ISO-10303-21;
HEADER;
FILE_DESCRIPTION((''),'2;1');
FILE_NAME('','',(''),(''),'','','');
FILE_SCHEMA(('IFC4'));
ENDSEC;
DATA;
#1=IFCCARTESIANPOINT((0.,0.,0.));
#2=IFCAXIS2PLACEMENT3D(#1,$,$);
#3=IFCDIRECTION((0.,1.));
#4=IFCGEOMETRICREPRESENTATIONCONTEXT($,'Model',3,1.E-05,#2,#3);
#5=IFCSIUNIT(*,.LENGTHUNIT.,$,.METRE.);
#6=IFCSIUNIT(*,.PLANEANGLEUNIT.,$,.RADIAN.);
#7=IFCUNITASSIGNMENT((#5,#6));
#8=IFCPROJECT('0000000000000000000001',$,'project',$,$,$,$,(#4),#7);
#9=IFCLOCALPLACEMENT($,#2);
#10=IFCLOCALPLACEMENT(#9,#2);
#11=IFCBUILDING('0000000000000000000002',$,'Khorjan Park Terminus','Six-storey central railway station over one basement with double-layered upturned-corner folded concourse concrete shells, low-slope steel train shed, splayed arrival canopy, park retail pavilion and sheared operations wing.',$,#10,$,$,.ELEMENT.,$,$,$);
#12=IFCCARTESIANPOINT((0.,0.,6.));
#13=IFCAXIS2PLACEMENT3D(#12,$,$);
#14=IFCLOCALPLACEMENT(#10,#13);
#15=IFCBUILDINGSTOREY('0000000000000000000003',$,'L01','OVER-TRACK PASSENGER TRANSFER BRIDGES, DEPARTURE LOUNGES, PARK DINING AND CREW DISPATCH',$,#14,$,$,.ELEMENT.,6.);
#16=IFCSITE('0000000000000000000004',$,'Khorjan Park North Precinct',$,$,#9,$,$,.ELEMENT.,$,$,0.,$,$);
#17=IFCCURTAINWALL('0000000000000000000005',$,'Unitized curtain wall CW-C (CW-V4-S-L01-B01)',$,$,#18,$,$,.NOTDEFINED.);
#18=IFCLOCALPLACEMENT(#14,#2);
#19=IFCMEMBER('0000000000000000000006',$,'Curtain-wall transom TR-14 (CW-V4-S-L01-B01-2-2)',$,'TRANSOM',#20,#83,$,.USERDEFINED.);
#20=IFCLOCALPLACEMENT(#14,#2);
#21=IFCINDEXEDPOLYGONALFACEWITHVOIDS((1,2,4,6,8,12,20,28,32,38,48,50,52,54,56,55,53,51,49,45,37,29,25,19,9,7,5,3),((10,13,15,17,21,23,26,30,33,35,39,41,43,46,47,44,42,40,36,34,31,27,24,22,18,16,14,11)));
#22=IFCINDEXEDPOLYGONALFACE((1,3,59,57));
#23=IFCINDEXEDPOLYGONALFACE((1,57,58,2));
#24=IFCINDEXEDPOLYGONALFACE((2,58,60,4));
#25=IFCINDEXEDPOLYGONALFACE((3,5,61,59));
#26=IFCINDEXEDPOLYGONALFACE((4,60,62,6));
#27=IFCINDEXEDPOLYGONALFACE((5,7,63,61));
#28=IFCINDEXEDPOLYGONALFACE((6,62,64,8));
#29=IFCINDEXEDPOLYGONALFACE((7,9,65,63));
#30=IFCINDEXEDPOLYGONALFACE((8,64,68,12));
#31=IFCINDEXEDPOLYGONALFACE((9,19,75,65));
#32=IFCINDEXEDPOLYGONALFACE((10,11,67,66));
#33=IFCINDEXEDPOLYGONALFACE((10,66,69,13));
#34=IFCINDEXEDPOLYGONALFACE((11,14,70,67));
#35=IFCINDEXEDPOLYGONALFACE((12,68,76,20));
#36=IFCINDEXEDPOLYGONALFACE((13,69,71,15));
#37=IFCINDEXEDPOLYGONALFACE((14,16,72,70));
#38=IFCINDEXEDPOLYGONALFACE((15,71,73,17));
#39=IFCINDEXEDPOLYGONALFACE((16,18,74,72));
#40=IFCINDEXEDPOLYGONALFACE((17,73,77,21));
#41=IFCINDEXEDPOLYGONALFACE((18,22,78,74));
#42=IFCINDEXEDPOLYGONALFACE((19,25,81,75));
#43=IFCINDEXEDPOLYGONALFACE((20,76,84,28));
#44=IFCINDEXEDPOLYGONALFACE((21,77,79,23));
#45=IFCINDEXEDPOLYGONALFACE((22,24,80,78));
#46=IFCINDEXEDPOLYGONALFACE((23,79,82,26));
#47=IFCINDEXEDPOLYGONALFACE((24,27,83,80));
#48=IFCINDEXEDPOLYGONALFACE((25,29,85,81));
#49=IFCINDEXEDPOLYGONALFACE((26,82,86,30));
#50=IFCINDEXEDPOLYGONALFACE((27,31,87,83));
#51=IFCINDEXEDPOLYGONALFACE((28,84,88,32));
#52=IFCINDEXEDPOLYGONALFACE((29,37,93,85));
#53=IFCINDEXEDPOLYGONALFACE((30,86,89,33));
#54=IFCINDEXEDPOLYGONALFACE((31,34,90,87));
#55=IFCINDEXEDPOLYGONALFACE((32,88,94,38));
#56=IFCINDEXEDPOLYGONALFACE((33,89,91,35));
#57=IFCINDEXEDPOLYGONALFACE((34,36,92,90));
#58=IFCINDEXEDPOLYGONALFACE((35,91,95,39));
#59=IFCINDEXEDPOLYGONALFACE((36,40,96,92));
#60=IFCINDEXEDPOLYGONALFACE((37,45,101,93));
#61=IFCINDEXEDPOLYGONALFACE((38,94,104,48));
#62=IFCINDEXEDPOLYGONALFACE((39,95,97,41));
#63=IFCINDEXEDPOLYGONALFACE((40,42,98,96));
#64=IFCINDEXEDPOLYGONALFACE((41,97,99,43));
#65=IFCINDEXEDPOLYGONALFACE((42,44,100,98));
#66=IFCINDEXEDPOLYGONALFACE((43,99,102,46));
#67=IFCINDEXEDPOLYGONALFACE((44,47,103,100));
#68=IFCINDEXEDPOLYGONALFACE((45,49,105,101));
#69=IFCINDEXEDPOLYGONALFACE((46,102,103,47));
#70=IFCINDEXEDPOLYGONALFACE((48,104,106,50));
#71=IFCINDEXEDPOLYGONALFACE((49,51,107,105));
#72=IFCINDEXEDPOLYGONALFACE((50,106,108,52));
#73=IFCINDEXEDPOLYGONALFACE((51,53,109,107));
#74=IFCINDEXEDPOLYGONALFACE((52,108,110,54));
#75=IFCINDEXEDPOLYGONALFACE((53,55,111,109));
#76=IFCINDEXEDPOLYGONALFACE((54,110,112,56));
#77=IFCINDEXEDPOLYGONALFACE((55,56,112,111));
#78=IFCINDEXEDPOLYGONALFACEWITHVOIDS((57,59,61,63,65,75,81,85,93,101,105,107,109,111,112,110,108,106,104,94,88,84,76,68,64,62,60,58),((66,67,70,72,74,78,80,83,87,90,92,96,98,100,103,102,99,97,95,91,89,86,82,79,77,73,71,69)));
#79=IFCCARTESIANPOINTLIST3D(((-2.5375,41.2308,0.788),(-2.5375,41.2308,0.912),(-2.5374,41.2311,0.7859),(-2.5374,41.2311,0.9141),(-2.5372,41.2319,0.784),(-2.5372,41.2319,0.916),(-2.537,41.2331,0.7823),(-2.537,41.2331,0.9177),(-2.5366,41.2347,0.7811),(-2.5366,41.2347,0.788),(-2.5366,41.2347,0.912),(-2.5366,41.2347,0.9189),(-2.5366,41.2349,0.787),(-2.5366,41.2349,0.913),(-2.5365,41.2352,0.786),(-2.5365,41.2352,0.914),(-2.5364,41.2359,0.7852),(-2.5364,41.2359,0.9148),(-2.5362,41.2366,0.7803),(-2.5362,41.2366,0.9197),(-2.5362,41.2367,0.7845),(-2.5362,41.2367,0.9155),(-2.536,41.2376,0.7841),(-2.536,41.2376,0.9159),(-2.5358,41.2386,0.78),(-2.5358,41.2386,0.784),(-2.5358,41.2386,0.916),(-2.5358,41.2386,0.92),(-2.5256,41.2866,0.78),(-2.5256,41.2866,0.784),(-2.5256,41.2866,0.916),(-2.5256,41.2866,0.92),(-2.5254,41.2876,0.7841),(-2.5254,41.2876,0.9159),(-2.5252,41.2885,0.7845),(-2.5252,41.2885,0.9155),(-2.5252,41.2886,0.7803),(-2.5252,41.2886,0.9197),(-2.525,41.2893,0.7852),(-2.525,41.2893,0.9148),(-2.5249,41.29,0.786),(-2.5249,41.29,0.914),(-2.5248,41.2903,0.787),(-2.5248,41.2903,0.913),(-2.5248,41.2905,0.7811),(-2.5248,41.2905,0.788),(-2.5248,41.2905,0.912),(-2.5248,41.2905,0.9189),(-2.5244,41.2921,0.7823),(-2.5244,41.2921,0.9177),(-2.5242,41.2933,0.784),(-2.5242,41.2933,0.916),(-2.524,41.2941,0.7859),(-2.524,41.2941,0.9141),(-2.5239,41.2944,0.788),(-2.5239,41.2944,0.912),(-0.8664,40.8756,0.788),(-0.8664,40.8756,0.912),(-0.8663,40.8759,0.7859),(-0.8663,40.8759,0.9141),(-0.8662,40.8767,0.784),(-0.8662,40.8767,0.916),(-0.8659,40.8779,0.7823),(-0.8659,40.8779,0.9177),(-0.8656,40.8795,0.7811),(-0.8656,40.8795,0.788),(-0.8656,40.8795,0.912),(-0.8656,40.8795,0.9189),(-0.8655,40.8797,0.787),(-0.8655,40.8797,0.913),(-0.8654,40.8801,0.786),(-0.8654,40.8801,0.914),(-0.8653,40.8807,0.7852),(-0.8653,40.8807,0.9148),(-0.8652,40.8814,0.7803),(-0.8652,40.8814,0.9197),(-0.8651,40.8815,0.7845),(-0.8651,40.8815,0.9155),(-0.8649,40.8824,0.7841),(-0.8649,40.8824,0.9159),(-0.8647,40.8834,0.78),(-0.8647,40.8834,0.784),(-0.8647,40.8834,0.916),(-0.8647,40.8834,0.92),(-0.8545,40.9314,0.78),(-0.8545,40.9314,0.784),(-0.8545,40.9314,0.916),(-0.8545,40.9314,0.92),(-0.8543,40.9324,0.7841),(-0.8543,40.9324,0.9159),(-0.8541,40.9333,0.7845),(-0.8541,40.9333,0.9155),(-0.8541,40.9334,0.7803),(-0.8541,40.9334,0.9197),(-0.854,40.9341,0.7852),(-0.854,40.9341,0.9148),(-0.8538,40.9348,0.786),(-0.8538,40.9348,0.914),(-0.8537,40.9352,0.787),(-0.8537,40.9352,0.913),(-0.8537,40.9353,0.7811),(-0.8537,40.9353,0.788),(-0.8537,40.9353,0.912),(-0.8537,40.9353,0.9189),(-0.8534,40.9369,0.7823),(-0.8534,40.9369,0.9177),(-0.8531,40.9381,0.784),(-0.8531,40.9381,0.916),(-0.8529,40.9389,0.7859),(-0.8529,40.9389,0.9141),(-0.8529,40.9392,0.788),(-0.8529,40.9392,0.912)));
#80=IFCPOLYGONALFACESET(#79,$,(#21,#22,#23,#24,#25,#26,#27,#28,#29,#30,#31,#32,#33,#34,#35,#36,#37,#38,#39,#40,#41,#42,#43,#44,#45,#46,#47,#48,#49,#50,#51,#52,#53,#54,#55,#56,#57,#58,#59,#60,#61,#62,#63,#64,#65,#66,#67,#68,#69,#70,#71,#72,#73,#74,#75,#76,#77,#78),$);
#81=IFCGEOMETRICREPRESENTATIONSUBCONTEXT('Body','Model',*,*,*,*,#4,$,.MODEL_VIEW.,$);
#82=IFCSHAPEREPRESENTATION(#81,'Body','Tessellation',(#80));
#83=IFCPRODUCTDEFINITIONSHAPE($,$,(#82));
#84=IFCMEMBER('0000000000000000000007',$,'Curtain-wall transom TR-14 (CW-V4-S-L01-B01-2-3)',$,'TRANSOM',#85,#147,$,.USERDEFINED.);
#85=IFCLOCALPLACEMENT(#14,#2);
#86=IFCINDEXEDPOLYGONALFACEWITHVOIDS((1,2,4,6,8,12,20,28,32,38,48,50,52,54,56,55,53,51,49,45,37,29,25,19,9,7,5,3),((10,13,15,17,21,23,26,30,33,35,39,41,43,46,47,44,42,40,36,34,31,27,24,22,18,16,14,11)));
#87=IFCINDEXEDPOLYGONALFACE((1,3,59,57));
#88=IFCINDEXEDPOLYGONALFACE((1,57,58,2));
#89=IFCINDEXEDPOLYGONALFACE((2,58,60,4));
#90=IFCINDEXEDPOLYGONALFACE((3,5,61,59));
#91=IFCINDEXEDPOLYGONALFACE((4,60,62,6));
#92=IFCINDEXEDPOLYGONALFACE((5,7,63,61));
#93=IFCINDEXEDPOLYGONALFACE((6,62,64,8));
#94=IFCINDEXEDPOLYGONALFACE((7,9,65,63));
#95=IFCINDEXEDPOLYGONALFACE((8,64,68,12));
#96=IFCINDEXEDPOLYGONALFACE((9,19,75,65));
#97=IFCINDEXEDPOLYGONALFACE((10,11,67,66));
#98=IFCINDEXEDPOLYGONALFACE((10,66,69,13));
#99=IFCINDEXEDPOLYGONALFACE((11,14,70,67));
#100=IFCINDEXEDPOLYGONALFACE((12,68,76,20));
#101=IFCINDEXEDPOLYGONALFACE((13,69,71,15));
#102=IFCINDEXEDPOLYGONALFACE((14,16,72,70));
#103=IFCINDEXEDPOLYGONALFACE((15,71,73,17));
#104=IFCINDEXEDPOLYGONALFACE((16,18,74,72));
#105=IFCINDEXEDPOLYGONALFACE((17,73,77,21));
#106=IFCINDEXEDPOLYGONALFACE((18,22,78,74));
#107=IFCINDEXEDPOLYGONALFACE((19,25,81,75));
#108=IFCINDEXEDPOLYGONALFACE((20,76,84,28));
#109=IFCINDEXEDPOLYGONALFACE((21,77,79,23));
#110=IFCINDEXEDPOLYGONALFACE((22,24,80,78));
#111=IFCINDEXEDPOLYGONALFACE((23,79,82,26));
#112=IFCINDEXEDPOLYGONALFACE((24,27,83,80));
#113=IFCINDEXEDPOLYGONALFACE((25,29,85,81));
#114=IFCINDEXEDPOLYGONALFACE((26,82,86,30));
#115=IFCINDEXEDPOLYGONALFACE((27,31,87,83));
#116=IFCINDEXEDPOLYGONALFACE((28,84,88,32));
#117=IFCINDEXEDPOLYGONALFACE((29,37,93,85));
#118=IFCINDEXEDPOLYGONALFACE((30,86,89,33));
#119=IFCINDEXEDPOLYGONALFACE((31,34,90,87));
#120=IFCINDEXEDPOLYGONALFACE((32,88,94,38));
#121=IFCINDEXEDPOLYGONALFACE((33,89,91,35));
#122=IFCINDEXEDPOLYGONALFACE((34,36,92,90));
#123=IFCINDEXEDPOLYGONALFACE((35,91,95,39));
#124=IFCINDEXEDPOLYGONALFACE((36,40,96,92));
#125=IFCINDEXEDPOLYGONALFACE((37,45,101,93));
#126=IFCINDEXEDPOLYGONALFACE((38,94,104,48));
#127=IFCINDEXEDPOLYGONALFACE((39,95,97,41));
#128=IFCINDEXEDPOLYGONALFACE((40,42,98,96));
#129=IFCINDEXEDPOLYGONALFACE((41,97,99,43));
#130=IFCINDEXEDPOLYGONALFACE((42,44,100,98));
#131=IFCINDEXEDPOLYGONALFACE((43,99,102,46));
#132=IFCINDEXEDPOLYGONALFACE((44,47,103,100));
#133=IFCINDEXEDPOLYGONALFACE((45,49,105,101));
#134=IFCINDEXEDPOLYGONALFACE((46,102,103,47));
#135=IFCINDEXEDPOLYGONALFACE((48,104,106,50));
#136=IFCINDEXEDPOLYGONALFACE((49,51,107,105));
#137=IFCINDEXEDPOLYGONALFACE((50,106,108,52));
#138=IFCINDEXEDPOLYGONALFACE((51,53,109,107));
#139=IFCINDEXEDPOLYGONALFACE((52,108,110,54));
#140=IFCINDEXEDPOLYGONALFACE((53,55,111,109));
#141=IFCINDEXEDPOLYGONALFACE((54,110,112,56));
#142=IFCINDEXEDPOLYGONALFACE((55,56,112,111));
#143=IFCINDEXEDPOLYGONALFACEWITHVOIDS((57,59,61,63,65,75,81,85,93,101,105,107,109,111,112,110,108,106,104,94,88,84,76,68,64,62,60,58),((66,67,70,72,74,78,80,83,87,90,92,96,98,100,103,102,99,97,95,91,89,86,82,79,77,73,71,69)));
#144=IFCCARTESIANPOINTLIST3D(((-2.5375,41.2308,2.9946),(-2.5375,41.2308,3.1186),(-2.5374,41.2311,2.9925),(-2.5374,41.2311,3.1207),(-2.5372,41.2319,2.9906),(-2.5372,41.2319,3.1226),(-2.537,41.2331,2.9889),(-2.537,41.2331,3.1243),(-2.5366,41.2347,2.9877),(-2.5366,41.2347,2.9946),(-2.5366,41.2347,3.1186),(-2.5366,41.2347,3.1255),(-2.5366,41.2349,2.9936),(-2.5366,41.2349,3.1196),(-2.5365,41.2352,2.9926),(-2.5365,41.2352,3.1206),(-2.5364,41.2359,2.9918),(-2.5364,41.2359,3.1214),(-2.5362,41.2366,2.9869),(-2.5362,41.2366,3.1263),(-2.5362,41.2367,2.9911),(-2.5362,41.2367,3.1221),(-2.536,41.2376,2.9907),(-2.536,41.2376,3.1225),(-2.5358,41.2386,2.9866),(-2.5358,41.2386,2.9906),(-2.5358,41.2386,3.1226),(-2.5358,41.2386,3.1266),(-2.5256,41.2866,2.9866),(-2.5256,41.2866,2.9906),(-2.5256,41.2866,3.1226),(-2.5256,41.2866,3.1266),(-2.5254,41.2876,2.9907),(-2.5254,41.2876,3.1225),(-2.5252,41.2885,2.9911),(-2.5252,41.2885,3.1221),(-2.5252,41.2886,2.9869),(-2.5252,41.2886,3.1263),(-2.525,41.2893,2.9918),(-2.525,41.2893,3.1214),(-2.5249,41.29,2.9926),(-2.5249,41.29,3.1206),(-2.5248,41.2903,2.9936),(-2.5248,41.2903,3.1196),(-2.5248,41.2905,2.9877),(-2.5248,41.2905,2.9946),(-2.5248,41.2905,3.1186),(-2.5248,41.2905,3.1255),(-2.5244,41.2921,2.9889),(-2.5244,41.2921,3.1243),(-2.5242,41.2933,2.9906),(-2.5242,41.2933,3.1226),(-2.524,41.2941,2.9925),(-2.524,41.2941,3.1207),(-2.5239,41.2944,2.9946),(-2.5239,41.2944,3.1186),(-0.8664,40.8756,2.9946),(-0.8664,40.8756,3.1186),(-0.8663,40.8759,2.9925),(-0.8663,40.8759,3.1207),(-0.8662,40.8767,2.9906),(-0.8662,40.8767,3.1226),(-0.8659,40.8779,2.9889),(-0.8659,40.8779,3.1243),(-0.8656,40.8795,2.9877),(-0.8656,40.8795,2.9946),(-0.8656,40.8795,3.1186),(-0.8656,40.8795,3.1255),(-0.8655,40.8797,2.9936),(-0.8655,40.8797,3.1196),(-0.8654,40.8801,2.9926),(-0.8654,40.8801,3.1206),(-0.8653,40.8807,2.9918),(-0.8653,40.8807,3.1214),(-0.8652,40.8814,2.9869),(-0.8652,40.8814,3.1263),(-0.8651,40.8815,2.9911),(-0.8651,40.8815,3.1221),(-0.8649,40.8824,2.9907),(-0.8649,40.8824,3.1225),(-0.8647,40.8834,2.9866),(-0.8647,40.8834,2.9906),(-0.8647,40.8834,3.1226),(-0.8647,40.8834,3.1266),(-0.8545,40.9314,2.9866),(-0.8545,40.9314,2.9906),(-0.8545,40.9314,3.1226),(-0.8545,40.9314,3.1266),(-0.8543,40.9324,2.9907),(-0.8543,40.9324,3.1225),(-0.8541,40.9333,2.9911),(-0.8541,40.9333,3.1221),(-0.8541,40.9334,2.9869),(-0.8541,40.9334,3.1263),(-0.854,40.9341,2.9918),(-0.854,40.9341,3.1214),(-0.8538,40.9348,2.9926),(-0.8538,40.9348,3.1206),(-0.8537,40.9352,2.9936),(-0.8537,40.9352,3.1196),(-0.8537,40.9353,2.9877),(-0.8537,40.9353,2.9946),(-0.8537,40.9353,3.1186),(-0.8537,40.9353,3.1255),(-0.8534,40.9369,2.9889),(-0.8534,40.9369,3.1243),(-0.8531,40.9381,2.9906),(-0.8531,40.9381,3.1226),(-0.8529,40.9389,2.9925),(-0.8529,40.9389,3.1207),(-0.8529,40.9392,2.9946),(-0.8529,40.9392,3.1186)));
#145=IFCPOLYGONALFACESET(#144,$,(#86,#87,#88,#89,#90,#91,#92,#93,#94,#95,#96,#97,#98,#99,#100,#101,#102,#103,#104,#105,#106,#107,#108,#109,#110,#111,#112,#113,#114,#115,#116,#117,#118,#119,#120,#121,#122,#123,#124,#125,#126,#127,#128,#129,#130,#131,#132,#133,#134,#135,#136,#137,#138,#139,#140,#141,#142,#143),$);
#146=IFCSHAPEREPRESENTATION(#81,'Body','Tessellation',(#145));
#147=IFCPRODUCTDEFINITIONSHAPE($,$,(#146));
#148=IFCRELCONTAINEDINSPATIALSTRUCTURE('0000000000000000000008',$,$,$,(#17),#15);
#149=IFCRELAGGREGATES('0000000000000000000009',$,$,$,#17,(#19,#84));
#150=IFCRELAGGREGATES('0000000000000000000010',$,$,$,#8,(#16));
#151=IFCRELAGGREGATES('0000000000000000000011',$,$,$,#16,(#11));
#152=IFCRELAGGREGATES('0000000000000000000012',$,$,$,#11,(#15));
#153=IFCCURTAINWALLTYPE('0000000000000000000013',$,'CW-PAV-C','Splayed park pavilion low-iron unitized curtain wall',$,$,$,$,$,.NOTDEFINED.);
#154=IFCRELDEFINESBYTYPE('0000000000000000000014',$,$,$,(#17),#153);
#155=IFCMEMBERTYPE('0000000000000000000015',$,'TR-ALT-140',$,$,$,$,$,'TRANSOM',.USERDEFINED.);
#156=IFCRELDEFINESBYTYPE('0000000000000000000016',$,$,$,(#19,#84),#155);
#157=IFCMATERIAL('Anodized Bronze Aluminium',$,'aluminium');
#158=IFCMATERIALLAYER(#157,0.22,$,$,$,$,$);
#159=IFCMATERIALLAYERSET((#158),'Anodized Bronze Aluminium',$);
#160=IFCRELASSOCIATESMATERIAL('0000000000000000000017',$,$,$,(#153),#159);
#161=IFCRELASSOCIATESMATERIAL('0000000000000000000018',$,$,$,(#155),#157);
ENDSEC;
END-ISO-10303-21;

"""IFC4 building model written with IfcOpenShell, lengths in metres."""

from ifc_helpers import new_model, si_unit, direction, frame, origin, origin_2d, place, context, subcontext, project, spatial, hollow_rectangle, extrude, material, layer, layer_set, material_profile, profile_set, type_object, element, aggregate, save


model = new_model("IFC4")

# Units and contexts
model_context = context("Model", 3, precision=1e-05, world=origin(), true_north=direction((0.0, 1.0)))
body_context = subcontext(model_context, "Body", "Model", "MODEL_VIEW")
ifc_project = project(units=[si_unit("LENGTHUNIT", "METRE"), si_unit("PLANEANGLEUNIT", "RADIAN")], contexts=[model_context])

# Site, building, storey
site_placement = place(None, origin())
site = spatial("IfcSite", under=ifc_project, at=site_placement, Name="Khorjan Park North Precinct", CompositionType="ELEMENT", RefElevation=0.0)
building_placement = place(site_placement, origin())
building = spatial("IfcBuilding", under=site, at=building_placement, Name="Khorjan Park Terminus", Description="Six-storey central railway station over one basement with double-layered upturned-corner folded concourse concrete shells, low-slope steel train shed, splayed arrival canopy, park retail pavilion and sheared operations wing.", CompositionType="ELEMENT")
storey_placement = place(building_placement, frame((0.0, 0.0, 6.0)))
storey = spatial("IfcBuildingStorey", under=building, at=storey_placement, Name="L01", Description="OVER-TRACK PASSENGER TRANSFER BRIDGES, DEPARTURE LOUNGES, PARK DINING AND CREW DISPATCH", CompositionType="ELEMENT", Elevation=6.0)

# Curtain wall
ifc_material_1 = material(Name="Anodized Bronze Aluminium", Category="aluminium")
ifc_layer_1 = layer(ifc_material_1, 0.22)
ifc_layer_set_1 = layer_set([ifc_layer_1], Name="Anodized Bronze Aluminium")
curtain_wall_type = type_object("IfcCurtainWallType", Name="CW-PAV-C", Description="Splayed park pavilion low-iron unitized curtain wall", PredefinedType="NOTDEFINED", material=ifc_layer_set_1)
curtain_wall_1_placement = place(storey_placement, origin())
curtain_wall_1 = element("IfcCurtainWall", 1, at=curtain_wall_1_placement, inside=storey, type_object=curtain_wall_type, Name="Unitized curtain wall CW-C (CW-V4-S-L01-B01)", PredefinedType="NOTDEFINED")

# Members
ifc_material_profile_1 = material_profile(ifc_material_1, hollow_rectangle(XDim=0.065, YDim=0.14, WallThickness=0.004, InnerFilletRadius=0.004, OuterFilletRadius=0.008, at=origin_2d()), Name="ALT 65x140x4")
ifc_profile_set_1 = profile_set([ifc_material_profile_1], Name="Anodized Bronze Aluminium")
member_type_1 = type_object("IfcMemberType", Name="TR-ALT-140", ElementType="TRANSOM", PredefinedType="USERDEFINED", material=ifc_profile_set_1)
member_1_placement = place(storey_placement, frame((-2.5307, 41.2626, 0.85), z_axis=(0.978148, -0.20791, 0.0), x_axis=(0.20791, 0.978148, 0.0)))
member_1 = element("IfcMember", 2, at=member_1_placement, type_object=member_type_1, Name="Curtain-wall transom TR-14 (CW-V4-S-L01-B01-2-2)", ObjectType="TRANSOM", PredefinedType="USERDEFINED", context=body_context, shape_type="SweptSolid", body=[
    extrude(hollow_rectangle(XDim=0.065, YDim=0.14, WallThickness=0.004, InnerFilletRadius=0.004, OuterFilletRadius=0.008, at=origin_2d()), origin(), (0.0, 0.0, 1.0), 1.7084),
])
member_2_placement = place(storey_placement, frame((-2.5307, 41.2626, 3.0566), z_axis=(0.978148, -0.20791, 0.0), x_axis=(0.20791, 0.978148, 0.0)))
member_2 = element("IfcMember", 3, at=member_2_placement, type_object=member_type_1, Name="Curtain-wall transom TR-14 (CW-V4-S-L01-B01-2-3)", ObjectType="TRANSOM", PredefinedType="USERDEFINED", context=body_context, shape_type="SweptSolid", body=[
    extrude(hollow_rectangle(XDim=0.065, YDim=0.14, WallThickness=0.004, InnerFilletRadius=0.004, OuterFilletRadius=0.008, at=origin_2d()), origin(), (0.0, 0.0, 1.0), 1.7084),
])

aggregate(curtain_wall_1, [member_1, member_2])

save(model, "model.ifc")
